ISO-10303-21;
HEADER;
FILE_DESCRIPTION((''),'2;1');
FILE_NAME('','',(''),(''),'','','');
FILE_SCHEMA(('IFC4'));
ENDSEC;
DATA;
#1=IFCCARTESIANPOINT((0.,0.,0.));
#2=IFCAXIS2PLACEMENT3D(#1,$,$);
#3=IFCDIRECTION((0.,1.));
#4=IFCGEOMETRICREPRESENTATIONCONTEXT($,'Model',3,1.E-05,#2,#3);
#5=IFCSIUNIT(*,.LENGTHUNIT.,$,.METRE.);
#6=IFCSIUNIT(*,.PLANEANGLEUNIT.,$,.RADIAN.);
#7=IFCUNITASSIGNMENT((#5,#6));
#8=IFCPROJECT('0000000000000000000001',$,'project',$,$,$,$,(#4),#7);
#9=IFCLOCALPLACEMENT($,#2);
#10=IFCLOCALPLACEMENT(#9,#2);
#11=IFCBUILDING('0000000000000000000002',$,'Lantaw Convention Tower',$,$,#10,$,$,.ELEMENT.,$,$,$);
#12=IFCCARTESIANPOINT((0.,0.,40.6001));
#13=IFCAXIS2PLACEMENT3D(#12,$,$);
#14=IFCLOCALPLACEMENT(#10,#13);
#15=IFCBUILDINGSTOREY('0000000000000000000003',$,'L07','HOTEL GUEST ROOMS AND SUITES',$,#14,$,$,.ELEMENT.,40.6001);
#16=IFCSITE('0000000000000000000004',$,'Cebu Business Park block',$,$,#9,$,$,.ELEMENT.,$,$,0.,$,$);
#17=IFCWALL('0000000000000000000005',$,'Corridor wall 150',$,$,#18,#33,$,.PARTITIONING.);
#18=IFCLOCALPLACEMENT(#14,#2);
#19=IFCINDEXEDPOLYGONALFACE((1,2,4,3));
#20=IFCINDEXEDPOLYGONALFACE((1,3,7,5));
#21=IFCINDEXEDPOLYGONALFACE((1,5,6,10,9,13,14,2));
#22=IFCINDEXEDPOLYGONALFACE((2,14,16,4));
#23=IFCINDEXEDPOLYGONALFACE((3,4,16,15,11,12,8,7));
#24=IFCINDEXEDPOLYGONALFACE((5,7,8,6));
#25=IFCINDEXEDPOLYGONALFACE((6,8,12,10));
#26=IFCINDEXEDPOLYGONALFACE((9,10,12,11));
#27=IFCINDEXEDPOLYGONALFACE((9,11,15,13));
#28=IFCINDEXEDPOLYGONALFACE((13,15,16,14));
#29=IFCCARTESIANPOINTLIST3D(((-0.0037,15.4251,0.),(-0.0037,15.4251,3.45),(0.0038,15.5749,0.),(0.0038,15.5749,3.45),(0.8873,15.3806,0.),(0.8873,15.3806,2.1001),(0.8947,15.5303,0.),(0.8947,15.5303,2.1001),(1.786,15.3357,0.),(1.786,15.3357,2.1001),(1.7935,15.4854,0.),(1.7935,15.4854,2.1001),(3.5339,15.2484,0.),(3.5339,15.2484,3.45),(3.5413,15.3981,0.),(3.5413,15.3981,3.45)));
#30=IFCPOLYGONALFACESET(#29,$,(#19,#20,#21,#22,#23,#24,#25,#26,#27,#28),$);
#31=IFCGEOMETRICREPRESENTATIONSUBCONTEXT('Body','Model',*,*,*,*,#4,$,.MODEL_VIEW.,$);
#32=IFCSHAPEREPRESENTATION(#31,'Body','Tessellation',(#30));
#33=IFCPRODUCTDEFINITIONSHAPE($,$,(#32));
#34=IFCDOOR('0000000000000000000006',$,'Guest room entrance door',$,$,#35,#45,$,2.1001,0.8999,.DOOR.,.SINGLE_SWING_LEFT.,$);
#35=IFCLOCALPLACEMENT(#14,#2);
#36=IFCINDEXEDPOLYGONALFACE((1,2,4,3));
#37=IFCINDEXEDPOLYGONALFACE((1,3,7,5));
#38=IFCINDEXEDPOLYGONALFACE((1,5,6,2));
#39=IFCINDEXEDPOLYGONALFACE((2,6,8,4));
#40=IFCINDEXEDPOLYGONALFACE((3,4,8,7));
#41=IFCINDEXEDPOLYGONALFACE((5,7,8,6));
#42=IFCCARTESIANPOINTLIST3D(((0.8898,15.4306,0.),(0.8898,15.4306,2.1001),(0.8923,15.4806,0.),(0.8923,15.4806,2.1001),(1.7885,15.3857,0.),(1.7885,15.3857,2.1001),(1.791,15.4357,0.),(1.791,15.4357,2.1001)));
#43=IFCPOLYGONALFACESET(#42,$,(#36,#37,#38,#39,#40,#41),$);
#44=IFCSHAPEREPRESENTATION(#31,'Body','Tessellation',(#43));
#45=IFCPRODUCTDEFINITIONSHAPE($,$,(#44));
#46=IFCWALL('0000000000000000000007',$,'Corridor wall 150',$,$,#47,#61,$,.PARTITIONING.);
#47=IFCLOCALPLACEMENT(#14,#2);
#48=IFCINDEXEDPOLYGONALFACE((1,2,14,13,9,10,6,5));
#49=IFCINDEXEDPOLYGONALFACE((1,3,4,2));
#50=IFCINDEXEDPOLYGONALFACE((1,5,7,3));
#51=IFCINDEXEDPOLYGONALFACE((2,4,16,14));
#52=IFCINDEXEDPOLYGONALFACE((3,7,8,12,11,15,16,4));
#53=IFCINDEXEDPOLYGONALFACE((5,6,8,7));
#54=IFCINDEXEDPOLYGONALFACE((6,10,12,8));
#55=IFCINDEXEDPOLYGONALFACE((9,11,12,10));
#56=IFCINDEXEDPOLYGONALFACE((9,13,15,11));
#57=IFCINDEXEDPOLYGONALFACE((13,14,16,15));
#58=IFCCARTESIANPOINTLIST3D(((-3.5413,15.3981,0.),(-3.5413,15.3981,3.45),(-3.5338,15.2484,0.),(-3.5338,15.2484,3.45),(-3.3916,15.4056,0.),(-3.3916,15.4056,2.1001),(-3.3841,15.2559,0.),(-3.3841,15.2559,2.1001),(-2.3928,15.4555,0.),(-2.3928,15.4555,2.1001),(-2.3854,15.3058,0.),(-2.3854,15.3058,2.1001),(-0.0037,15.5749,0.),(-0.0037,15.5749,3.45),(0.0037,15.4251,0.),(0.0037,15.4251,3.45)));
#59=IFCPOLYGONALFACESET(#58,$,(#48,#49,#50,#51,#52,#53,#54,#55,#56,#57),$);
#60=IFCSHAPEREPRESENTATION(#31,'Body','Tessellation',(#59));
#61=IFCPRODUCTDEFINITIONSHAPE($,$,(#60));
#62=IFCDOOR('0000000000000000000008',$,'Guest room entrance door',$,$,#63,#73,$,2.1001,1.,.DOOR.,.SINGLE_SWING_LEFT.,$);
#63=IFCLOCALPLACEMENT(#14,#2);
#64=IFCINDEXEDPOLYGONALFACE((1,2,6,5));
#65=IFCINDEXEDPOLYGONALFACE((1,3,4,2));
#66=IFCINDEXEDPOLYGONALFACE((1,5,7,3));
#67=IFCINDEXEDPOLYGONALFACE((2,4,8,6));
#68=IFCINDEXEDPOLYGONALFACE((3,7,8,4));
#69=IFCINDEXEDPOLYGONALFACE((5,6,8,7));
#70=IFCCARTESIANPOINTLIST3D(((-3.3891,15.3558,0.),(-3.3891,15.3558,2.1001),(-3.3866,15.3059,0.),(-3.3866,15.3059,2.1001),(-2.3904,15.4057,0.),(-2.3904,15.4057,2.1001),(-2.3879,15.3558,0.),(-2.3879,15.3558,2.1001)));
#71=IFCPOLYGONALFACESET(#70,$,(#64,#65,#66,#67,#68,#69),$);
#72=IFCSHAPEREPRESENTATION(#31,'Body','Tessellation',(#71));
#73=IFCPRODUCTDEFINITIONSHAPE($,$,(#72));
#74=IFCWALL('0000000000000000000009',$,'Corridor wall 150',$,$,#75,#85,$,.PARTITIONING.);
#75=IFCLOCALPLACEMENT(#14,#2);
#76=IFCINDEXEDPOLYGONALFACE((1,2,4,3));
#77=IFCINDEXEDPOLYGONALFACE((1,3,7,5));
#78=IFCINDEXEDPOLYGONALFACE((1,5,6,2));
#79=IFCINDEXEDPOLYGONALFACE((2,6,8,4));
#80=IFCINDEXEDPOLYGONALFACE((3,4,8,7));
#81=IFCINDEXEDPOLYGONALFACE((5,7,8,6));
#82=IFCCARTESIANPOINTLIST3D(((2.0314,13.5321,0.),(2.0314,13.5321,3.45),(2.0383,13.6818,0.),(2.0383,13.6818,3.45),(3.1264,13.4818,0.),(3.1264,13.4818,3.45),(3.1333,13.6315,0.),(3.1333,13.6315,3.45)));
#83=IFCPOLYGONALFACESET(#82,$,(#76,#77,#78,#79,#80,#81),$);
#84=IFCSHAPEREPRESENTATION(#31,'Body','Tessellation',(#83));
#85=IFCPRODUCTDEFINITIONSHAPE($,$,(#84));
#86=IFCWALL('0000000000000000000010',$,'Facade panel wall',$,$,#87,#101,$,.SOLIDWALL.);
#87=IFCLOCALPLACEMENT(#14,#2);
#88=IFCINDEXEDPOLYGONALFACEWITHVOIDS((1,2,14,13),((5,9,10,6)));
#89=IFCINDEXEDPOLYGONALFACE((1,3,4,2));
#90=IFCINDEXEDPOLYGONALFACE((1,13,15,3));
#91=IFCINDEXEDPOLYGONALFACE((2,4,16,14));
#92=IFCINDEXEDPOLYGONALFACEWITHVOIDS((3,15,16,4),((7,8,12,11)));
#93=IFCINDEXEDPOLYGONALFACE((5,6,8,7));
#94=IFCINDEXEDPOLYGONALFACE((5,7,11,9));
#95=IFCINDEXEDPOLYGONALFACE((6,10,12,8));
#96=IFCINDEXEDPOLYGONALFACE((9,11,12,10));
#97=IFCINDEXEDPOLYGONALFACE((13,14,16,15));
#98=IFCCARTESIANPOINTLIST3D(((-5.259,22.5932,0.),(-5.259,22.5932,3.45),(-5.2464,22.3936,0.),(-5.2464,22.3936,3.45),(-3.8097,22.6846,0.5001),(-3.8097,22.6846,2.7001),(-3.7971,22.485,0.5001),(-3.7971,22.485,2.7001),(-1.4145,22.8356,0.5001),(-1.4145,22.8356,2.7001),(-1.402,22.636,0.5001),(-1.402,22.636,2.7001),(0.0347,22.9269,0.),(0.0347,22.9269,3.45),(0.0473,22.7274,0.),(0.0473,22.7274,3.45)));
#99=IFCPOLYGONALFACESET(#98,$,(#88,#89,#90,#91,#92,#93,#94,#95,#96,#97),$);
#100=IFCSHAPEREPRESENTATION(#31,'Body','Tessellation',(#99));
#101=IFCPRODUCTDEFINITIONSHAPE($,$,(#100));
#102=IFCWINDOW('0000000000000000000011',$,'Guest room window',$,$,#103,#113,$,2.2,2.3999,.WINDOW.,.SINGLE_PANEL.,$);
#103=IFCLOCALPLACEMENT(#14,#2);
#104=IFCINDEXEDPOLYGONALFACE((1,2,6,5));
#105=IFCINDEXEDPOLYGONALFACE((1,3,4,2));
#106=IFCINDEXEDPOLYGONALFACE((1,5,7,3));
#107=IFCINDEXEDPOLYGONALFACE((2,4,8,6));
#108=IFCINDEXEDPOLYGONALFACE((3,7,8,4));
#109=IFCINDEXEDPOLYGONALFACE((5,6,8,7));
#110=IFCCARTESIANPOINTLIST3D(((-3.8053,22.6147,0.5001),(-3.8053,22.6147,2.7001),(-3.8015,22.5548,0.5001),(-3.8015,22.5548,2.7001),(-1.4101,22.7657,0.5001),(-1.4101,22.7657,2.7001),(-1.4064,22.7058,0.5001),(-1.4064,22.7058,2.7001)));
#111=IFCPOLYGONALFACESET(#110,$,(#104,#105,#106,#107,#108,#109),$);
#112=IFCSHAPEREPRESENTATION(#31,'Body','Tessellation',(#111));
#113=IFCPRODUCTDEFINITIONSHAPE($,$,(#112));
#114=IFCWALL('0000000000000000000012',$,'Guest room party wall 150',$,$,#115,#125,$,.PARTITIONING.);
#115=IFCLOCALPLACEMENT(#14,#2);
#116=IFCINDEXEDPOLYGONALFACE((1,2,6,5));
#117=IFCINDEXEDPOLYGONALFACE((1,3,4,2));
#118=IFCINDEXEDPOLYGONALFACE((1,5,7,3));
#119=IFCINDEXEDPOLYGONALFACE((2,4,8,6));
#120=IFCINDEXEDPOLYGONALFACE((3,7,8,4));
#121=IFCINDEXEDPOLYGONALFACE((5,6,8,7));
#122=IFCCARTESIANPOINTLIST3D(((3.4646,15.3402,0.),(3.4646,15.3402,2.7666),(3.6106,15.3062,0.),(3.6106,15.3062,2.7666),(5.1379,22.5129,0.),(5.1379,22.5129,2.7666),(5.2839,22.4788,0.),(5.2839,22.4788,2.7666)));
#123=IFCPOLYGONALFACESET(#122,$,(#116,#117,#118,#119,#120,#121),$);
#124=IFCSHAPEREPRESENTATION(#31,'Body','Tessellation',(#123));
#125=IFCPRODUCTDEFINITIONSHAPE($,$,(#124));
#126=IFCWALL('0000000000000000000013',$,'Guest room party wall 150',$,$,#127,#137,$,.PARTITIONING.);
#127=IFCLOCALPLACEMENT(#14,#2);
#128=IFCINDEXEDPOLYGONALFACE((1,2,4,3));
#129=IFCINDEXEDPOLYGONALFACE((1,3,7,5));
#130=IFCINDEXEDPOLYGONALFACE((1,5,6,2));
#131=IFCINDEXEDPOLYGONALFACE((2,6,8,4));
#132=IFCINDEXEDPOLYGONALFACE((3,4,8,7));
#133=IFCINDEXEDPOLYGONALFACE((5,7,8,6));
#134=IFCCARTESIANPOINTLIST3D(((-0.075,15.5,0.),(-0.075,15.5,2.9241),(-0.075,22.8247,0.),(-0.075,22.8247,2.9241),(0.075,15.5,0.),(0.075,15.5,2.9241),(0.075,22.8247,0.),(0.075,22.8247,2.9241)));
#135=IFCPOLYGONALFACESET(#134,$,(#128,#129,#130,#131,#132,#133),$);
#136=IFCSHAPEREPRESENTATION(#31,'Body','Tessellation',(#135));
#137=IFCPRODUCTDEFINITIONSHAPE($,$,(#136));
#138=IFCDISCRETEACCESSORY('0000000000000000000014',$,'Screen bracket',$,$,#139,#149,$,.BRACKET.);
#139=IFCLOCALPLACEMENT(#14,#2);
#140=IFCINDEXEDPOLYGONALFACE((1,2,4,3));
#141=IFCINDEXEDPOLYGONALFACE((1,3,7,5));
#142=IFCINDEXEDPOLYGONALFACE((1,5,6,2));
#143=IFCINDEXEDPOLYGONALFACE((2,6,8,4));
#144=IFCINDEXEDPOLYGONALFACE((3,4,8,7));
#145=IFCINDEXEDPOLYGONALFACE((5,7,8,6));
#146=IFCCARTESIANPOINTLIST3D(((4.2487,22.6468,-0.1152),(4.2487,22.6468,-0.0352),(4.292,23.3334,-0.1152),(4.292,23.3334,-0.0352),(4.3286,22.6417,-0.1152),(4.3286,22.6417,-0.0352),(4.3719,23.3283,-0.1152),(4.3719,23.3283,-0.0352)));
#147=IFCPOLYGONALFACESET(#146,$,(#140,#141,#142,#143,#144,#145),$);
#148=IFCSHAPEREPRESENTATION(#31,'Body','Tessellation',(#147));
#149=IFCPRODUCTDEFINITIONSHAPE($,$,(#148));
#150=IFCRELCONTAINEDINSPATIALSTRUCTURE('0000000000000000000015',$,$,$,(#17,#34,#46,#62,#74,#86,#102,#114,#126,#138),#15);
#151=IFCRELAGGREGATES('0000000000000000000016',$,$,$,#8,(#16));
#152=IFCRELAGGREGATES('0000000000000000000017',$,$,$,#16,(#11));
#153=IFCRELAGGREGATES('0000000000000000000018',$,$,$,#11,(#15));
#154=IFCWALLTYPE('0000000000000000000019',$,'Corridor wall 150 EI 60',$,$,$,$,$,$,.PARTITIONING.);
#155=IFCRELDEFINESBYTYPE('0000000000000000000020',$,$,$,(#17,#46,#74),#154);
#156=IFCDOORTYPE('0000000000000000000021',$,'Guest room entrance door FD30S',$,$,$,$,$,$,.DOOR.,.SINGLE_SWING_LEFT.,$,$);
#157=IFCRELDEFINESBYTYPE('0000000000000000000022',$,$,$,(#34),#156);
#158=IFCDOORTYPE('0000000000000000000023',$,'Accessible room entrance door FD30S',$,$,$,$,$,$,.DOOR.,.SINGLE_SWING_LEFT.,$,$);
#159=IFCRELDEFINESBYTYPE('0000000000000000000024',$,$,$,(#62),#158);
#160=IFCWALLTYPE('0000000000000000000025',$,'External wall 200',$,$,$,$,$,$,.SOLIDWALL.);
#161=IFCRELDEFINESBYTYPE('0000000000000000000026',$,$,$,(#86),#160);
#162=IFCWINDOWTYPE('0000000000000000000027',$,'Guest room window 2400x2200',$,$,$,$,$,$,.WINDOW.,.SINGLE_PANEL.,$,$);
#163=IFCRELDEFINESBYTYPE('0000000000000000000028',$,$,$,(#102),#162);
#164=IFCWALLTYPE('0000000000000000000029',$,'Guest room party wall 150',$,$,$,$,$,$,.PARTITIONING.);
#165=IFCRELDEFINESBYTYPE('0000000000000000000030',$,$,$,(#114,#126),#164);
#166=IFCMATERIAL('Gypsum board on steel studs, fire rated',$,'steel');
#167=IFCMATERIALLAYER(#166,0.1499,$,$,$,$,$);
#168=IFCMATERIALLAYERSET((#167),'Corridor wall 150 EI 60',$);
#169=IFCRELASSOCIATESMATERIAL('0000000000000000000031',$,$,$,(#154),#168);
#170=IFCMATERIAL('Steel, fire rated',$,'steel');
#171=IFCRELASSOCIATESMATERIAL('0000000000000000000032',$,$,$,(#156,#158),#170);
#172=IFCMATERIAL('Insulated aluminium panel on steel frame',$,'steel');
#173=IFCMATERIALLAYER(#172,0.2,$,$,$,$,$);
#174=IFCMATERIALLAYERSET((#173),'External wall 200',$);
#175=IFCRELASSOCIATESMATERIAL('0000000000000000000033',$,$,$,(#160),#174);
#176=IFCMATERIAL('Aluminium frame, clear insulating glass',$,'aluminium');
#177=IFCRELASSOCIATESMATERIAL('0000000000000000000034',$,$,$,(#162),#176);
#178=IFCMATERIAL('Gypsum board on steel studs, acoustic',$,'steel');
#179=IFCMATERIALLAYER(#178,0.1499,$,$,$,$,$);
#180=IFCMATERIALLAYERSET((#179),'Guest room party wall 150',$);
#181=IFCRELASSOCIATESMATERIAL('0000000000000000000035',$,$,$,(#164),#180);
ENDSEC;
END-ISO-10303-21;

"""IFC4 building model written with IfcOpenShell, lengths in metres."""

from ifc_helpers import new_model, si_unit, direction, frame, frame_2d, origin, origin_2d, place, context, subcontext, project, spatial, rectangle, extrude, material, layer, layer_set, type_object, element, fill, save


model = new_model("IFC4")

# Units and contexts
model_context = context("Model", 3, precision=1e-05, world=origin(), true_north=direction((0.0, 1.0)))
body_context = subcontext(model_context, "Body", "Model", "MODEL_VIEW")
ifc_project = project(units=[si_unit("LENGTHUNIT", "METRE"), si_unit("PLANEANGLEUNIT", "RADIAN")], contexts=[model_context])

# Site, building, storey
site_placement = place(None, origin())
site = spatial("IfcSite", under=ifc_project, at=site_placement, Name="Cebu Business Park block", CompositionType="ELEMENT", RefElevation=0.0)
building_placement = place(site_placement, origin())
building = spatial("IfcBuilding", under=site, at=building_placement, Name="Lantaw Convention Tower", CompositionType="ELEMENT")
storey_placement = place(building_placement, frame((0.0, 0.0, 40.6001)))
storey = spatial("IfcBuildingStorey", under=building, at=storey_placement, Name="L07", Description="HOTEL GUEST ROOMS AND SUITES", CompositionType="ELEMENT", Elevation=40.6001)

# Walls, openings, doors
ifc_material_1 = material(Name="Gypsum board on steel studs, fire rated", Category="steel")
ifc_layer_1 = layer(ifc_material_1, 0.1499)
ifc_layer_set_1 = layer_set([ifc_layer_1], Name="Corridor wall 150 EI 60")
wall_type_1 = type_object("IfcWallType", Name="Corridor wall 150 EI 60", PredefinedType="PARTITIONING", material=ifc_layer_set_1)
wall_1_placement = place(storey_placement, frame((3.5376, 15.3232, 0.0), z_axis=(0.0, 0.0, 1.0), x_axis=(-0.998754, 0.049903, 0.0)))
wall_1 = element("IfcWall", 1, at=wall_1_placement, inside=storey, type_object=wall_type_1, Name="Corridor wall 150", PredefinedType="PARTITIONING", context=body_context, shape_type="SweptSolid", body=[
    extrude(rectangle(XDim=3.542, YDim=0.1499, at=frame_2d((1.771, 0.0))), origin(), (0.0, 0.0, 1.0), 3.45),
])
opening_1_placement = place(wall_1_placement, frame((1.75, 0.0, 0.0)))
opening_1 = element("IfcOpeningElement", 2, at=opening_1_placement, cuts=wall_1, PredefinedType="OPENING", context=body_context, shape_type="SweptSolid", body=[
    extrude(rectangle(XDim=0.8999, YDim=2.1001, at=frame_2d((0.45, 1.05))), frame((0.0, 0.085, 0.0), z_axis=(0.0, -1.0, 0.0), x_axis=(1.0, 0.0, 0.0)), (0.0, 0.0, 1.0), 0.1699),
])
ifc_material_2 = material(Name="Steel, fire rated", Category="steel")
door_type_1 = type_object("IfcDoorType", Name="Guest room entrance door FD30S", OperationType="SINGLE_SWING_LEFT", PredefinedType="DOOR", material=ifc_material_2)
door_1_placement = place(opening_1_placement, origin())
door_1 = element("IfcDoor", 3, at=door_1_placement, inside=storey, type_object=door_type_1, Name="Guest room entrance door", OperationType="SINGLE_SWING_LEFT", OverallHeight=2.1001, OverallWidth=0.8999, PredefinedType="DOOR", context=body_context, shape_type="SweptSolid", body=[
    extrude(rectangle(XDim=0.8999, YDim=2.1001, at=frame_2d((0.45, 1.05))), frame((0.0, 0.0249, 0.0), z_axis=(0.0, -1.0, 0.0), x_axis=(1.0, 0.0, 0.0)), (0.0, 0.0, 1.0), 0.05),
])
fill(opening_1, door_1)
wall_2_placement = place(storey_placement, frame((0.0, 15.5, 0.0), z_axis=(0.0, 0.0, 1.0), x_axis=(-0.998754, -0.049903, 0.0)))
wall_2 = element("IfcWall", 4, at=wall_2_placement, inside=storey, type_object=wall_type_1, Name="Corridor wall 150", PredefinedType="PARTITIONING", context=body_context, shape_type="SweptSolid", body=[
    extrude(rectangle(XDim=3.542, YDim=0.1499, at=frame_2d((1.771, 0.0))), origin(), (0.0, 0.0, 1.0), 3.45),
])
opening_2_placement = place(wall_2_placement, frame((2.3921, 0.0, 0.0)))
opening_2 = element("IfcOpeningElement", 5, at=opening_2_placement, cuts=wall_2, PredefinedType="OPENING", context=body_context, shape_type="SweptSolid", body=[
    extrude(rectangle(XDim=1.0, YDim=2.1001, at=frame_2d((0.5, 1.05))), frame((0.0, 0.085, 0.0), z_axis=(0.0, -1.0, 0.0), x_axis=(1.0, 0.0, 0.0)), (0.0, 0.0, 1.0), 0.1699),
])
door_type_2 = type_object("IfcDoorType", Name="Accessible room entrance door FD30S", OperationType="SINGLE_SWING_LEFT", PredefinedType="DOOR", material=ifc_material_2)
door_2_placement = place(opening_2_placement, origin())
door_2 = element("IfcDoor", 6, at=door_2_placement, inside=storey, type_object=door_type_2, Name="Guest room entrance door", OperationType="SINGLE_SWING_LEFT", OverallHeight=2.1001, OverallWidth=1.0, PredefinedType="DOOR", context=body_context, shape_type="SweptSolid", body=[
    extrude(rectangle(XDim=1.0, YDim=2.1001, at=frame_2d((0.5, 1.05))), frame((0.0, 0.0249, 0.0), z_axis=(0.0, -1.0, 0.0), x_axis=(1.0, 0.0, 0.0)), (0.0, 0.0, 1.0), 0.05),
])
fill(opening_2, door_2)

# Wall
wall_3_placement = place(storey_placement, frame((3.1299, 13.5566, 0.0), z_axis=(0.0, 0.0, 1.0), x_axis=(-0.998947, 0.045883, 0.0)))
element("IfcWall", 7, at=wall_3_placement, inside=storey, type_object=wall_type_1, Name="Corridor wall 150", PredefinedType="PARTITIONING", context=body_context, shape_type="SweptSolid", body=[
    extrude(rectangle(XDim=1.0962, YDim=0.1499, at=frame_2d((0.5481, 0.0))), origin(), (0.0, 0.0, 1.0), 3.45),
])

# Wall, opening, window
ifc_material_3 = material(Name="Insulated aluminium panel on steel frame", Category="steel")
ifc_layer_2 = layer(ifc_material_3, 0.2)
ifc_layer_set_2 = layer_set([ifc_layer_2], Name="External wall 200")
wall_type_2 = type_object("IfcWallType", Name="External wall 200", PredefinedType="SOLIDWALL", material=ifc_layer_set_2)
wall_4_placement = place(storey_placement, frame((0.041, 22.8271, 0.0), z_axis=(0.0, 0.0, 1.0), x_axis=(-0.998019, -0.06292, 0.0)))
wall_4 = element("IfcWall", 8, at=wall_4_placement, inside=storey, type_object=wall_type_2, Name="Facade panel wall", PredefinedType="SOLIDWALL", context=body_context, shape_type="SweptSolid", body=[
    extrude(rectangle(XDim=5.3042, YDim=0.2, at=frame_2d((2.6521, 0.0))), origin(), (0.0, 0.0, 1.0), 3.45),
])
opening_3_placement = place(wall_4_placement, frame((1.4521, 0.0, 0.5)))
opening_3 = element("IfcOpeningElement", 9, at=opening_3_placement, cuts=wall_4, PredefinedType="OPENING", context=body_context, shape_type="SweptSolid", body=[
    extrude(rectangle(XDim=2.3999, YDim=2.2, at=frame_2d((1.2, 1.1001))), frame((0.0, 0.1099, 0.0), z_axis=(0.0, -1.0, 0.0), x_axis=(1.0, 0.0, 0.0)), (0.0, 0.0, 1.0), 0.22),
])
ifc_material_4 = material(Name="Aluminium frame, clear insulating glass", Category="aluminium")
window_type = type_object("IfcWindowType", Name="Guest room window 2400x2200", PartitioningType="SINGLE_PANEL", PredefinedType="WINDOW", material=ifc_material_4)
window_placement = place(opening_3_placement, origin())
window = element("IfcWindow", 10, at=window_placement, inside=storey, type_object=window_type, Name="Guest room window", OverallHeight=2.2, OverallWidth=2.3999, PartitioningType="SINGLE_PANEL", PredefinedType="WINDOW", context=body_context, shape_type="SweptSolid", body=[
    extrude(rectangle(XDim=2.3999, YDim=2.2, at=frame_2d((1.2, 1.1001))), frame((0.0, 0.03, 0.0), z_axis=(0.0, -1.0, 0.0), x_axis=(1.0, 0.0, 0.0)), (0.0, 0.0, 1.0), 0.0601),
])
fill(opening_3, window)

# Walls
ifc_material_5 = material(Name="Gypsum board on steel studs, acoustic", Category="steel")
ifc_layer_3 = layer(ifc_material_5, 0.1499)
ifc_layer_set_3 = layer_set([ifc_layer_3], Name="Guest room party wall 150")
wall_type_3 = type_object("IfcWallType", Name="Guest room party wall 150", PredefinedType="PARTITIONING", material=ifc_layer_set_3)
wall_5_placement = place(storey_placement, frame((5.2109, 22.4958, 0.0), z_axis=(0.0, 0.0, 1.0), x_axis=(-0.227195, -0.973849, 0.0)))
element("IfcWall", 11, at=wall_5_placement, inside=storey, type_object=wall_type_3, Name="Guest room party wall 150", PredefinedType="PARTITIONING", context=body_context, shape_type="SweptSolid", body=[
    extrude(rectangle(XDim=7.3652, YDim=0.1499, at=frame_2d((3.6826, 0.0))), origin(), (0.0, 0.0, 1.0), 2.7666),
])
wall_6_placement = place(storey_placement, frame((0.0, 22.8247, 0.0), z_axis=(0.0, 0.0, 1.0), x_axis=(0.0, -1.0, 0.0)))
element("IfcWall", 12, at=wall_6_placement, inside=storey, type_object=wall_type_3, Name="Guest room party wall 150", PredefinedType="PARTITIONING", context=body_context, shape_type="SweptSolid", body=[
    extrude(rectangle(XDim=7.3247, YDim=0.1499, at=frame_2d((3.6624, 0.0))), origin(), (0.0, 0.0, 1.0), 2.9241),
])

# Discrete accessory
discrete_accessory_placement = place(storey_placement, frame((4.3103, 22.9875, -0.1152), z_axis=(0.0, 0.0, 1.0), x_axis=(-0.998016, 0.062958, 0.0)))
element("IfcDiscreteAccessory", 13, at=discrete_accessory_placement, inside=storey, Name="Screen bracket", PredefinedType="BRACKET", context=body_context, shape_type="SweptSolid", body=[
    extrude(rectangle(XDim=0.0801, YDim=0.688, at=origin_2d()), origin(), (0.0, 0.0, 1.0), 0.0801),
])

save(model, "model.ifc")
